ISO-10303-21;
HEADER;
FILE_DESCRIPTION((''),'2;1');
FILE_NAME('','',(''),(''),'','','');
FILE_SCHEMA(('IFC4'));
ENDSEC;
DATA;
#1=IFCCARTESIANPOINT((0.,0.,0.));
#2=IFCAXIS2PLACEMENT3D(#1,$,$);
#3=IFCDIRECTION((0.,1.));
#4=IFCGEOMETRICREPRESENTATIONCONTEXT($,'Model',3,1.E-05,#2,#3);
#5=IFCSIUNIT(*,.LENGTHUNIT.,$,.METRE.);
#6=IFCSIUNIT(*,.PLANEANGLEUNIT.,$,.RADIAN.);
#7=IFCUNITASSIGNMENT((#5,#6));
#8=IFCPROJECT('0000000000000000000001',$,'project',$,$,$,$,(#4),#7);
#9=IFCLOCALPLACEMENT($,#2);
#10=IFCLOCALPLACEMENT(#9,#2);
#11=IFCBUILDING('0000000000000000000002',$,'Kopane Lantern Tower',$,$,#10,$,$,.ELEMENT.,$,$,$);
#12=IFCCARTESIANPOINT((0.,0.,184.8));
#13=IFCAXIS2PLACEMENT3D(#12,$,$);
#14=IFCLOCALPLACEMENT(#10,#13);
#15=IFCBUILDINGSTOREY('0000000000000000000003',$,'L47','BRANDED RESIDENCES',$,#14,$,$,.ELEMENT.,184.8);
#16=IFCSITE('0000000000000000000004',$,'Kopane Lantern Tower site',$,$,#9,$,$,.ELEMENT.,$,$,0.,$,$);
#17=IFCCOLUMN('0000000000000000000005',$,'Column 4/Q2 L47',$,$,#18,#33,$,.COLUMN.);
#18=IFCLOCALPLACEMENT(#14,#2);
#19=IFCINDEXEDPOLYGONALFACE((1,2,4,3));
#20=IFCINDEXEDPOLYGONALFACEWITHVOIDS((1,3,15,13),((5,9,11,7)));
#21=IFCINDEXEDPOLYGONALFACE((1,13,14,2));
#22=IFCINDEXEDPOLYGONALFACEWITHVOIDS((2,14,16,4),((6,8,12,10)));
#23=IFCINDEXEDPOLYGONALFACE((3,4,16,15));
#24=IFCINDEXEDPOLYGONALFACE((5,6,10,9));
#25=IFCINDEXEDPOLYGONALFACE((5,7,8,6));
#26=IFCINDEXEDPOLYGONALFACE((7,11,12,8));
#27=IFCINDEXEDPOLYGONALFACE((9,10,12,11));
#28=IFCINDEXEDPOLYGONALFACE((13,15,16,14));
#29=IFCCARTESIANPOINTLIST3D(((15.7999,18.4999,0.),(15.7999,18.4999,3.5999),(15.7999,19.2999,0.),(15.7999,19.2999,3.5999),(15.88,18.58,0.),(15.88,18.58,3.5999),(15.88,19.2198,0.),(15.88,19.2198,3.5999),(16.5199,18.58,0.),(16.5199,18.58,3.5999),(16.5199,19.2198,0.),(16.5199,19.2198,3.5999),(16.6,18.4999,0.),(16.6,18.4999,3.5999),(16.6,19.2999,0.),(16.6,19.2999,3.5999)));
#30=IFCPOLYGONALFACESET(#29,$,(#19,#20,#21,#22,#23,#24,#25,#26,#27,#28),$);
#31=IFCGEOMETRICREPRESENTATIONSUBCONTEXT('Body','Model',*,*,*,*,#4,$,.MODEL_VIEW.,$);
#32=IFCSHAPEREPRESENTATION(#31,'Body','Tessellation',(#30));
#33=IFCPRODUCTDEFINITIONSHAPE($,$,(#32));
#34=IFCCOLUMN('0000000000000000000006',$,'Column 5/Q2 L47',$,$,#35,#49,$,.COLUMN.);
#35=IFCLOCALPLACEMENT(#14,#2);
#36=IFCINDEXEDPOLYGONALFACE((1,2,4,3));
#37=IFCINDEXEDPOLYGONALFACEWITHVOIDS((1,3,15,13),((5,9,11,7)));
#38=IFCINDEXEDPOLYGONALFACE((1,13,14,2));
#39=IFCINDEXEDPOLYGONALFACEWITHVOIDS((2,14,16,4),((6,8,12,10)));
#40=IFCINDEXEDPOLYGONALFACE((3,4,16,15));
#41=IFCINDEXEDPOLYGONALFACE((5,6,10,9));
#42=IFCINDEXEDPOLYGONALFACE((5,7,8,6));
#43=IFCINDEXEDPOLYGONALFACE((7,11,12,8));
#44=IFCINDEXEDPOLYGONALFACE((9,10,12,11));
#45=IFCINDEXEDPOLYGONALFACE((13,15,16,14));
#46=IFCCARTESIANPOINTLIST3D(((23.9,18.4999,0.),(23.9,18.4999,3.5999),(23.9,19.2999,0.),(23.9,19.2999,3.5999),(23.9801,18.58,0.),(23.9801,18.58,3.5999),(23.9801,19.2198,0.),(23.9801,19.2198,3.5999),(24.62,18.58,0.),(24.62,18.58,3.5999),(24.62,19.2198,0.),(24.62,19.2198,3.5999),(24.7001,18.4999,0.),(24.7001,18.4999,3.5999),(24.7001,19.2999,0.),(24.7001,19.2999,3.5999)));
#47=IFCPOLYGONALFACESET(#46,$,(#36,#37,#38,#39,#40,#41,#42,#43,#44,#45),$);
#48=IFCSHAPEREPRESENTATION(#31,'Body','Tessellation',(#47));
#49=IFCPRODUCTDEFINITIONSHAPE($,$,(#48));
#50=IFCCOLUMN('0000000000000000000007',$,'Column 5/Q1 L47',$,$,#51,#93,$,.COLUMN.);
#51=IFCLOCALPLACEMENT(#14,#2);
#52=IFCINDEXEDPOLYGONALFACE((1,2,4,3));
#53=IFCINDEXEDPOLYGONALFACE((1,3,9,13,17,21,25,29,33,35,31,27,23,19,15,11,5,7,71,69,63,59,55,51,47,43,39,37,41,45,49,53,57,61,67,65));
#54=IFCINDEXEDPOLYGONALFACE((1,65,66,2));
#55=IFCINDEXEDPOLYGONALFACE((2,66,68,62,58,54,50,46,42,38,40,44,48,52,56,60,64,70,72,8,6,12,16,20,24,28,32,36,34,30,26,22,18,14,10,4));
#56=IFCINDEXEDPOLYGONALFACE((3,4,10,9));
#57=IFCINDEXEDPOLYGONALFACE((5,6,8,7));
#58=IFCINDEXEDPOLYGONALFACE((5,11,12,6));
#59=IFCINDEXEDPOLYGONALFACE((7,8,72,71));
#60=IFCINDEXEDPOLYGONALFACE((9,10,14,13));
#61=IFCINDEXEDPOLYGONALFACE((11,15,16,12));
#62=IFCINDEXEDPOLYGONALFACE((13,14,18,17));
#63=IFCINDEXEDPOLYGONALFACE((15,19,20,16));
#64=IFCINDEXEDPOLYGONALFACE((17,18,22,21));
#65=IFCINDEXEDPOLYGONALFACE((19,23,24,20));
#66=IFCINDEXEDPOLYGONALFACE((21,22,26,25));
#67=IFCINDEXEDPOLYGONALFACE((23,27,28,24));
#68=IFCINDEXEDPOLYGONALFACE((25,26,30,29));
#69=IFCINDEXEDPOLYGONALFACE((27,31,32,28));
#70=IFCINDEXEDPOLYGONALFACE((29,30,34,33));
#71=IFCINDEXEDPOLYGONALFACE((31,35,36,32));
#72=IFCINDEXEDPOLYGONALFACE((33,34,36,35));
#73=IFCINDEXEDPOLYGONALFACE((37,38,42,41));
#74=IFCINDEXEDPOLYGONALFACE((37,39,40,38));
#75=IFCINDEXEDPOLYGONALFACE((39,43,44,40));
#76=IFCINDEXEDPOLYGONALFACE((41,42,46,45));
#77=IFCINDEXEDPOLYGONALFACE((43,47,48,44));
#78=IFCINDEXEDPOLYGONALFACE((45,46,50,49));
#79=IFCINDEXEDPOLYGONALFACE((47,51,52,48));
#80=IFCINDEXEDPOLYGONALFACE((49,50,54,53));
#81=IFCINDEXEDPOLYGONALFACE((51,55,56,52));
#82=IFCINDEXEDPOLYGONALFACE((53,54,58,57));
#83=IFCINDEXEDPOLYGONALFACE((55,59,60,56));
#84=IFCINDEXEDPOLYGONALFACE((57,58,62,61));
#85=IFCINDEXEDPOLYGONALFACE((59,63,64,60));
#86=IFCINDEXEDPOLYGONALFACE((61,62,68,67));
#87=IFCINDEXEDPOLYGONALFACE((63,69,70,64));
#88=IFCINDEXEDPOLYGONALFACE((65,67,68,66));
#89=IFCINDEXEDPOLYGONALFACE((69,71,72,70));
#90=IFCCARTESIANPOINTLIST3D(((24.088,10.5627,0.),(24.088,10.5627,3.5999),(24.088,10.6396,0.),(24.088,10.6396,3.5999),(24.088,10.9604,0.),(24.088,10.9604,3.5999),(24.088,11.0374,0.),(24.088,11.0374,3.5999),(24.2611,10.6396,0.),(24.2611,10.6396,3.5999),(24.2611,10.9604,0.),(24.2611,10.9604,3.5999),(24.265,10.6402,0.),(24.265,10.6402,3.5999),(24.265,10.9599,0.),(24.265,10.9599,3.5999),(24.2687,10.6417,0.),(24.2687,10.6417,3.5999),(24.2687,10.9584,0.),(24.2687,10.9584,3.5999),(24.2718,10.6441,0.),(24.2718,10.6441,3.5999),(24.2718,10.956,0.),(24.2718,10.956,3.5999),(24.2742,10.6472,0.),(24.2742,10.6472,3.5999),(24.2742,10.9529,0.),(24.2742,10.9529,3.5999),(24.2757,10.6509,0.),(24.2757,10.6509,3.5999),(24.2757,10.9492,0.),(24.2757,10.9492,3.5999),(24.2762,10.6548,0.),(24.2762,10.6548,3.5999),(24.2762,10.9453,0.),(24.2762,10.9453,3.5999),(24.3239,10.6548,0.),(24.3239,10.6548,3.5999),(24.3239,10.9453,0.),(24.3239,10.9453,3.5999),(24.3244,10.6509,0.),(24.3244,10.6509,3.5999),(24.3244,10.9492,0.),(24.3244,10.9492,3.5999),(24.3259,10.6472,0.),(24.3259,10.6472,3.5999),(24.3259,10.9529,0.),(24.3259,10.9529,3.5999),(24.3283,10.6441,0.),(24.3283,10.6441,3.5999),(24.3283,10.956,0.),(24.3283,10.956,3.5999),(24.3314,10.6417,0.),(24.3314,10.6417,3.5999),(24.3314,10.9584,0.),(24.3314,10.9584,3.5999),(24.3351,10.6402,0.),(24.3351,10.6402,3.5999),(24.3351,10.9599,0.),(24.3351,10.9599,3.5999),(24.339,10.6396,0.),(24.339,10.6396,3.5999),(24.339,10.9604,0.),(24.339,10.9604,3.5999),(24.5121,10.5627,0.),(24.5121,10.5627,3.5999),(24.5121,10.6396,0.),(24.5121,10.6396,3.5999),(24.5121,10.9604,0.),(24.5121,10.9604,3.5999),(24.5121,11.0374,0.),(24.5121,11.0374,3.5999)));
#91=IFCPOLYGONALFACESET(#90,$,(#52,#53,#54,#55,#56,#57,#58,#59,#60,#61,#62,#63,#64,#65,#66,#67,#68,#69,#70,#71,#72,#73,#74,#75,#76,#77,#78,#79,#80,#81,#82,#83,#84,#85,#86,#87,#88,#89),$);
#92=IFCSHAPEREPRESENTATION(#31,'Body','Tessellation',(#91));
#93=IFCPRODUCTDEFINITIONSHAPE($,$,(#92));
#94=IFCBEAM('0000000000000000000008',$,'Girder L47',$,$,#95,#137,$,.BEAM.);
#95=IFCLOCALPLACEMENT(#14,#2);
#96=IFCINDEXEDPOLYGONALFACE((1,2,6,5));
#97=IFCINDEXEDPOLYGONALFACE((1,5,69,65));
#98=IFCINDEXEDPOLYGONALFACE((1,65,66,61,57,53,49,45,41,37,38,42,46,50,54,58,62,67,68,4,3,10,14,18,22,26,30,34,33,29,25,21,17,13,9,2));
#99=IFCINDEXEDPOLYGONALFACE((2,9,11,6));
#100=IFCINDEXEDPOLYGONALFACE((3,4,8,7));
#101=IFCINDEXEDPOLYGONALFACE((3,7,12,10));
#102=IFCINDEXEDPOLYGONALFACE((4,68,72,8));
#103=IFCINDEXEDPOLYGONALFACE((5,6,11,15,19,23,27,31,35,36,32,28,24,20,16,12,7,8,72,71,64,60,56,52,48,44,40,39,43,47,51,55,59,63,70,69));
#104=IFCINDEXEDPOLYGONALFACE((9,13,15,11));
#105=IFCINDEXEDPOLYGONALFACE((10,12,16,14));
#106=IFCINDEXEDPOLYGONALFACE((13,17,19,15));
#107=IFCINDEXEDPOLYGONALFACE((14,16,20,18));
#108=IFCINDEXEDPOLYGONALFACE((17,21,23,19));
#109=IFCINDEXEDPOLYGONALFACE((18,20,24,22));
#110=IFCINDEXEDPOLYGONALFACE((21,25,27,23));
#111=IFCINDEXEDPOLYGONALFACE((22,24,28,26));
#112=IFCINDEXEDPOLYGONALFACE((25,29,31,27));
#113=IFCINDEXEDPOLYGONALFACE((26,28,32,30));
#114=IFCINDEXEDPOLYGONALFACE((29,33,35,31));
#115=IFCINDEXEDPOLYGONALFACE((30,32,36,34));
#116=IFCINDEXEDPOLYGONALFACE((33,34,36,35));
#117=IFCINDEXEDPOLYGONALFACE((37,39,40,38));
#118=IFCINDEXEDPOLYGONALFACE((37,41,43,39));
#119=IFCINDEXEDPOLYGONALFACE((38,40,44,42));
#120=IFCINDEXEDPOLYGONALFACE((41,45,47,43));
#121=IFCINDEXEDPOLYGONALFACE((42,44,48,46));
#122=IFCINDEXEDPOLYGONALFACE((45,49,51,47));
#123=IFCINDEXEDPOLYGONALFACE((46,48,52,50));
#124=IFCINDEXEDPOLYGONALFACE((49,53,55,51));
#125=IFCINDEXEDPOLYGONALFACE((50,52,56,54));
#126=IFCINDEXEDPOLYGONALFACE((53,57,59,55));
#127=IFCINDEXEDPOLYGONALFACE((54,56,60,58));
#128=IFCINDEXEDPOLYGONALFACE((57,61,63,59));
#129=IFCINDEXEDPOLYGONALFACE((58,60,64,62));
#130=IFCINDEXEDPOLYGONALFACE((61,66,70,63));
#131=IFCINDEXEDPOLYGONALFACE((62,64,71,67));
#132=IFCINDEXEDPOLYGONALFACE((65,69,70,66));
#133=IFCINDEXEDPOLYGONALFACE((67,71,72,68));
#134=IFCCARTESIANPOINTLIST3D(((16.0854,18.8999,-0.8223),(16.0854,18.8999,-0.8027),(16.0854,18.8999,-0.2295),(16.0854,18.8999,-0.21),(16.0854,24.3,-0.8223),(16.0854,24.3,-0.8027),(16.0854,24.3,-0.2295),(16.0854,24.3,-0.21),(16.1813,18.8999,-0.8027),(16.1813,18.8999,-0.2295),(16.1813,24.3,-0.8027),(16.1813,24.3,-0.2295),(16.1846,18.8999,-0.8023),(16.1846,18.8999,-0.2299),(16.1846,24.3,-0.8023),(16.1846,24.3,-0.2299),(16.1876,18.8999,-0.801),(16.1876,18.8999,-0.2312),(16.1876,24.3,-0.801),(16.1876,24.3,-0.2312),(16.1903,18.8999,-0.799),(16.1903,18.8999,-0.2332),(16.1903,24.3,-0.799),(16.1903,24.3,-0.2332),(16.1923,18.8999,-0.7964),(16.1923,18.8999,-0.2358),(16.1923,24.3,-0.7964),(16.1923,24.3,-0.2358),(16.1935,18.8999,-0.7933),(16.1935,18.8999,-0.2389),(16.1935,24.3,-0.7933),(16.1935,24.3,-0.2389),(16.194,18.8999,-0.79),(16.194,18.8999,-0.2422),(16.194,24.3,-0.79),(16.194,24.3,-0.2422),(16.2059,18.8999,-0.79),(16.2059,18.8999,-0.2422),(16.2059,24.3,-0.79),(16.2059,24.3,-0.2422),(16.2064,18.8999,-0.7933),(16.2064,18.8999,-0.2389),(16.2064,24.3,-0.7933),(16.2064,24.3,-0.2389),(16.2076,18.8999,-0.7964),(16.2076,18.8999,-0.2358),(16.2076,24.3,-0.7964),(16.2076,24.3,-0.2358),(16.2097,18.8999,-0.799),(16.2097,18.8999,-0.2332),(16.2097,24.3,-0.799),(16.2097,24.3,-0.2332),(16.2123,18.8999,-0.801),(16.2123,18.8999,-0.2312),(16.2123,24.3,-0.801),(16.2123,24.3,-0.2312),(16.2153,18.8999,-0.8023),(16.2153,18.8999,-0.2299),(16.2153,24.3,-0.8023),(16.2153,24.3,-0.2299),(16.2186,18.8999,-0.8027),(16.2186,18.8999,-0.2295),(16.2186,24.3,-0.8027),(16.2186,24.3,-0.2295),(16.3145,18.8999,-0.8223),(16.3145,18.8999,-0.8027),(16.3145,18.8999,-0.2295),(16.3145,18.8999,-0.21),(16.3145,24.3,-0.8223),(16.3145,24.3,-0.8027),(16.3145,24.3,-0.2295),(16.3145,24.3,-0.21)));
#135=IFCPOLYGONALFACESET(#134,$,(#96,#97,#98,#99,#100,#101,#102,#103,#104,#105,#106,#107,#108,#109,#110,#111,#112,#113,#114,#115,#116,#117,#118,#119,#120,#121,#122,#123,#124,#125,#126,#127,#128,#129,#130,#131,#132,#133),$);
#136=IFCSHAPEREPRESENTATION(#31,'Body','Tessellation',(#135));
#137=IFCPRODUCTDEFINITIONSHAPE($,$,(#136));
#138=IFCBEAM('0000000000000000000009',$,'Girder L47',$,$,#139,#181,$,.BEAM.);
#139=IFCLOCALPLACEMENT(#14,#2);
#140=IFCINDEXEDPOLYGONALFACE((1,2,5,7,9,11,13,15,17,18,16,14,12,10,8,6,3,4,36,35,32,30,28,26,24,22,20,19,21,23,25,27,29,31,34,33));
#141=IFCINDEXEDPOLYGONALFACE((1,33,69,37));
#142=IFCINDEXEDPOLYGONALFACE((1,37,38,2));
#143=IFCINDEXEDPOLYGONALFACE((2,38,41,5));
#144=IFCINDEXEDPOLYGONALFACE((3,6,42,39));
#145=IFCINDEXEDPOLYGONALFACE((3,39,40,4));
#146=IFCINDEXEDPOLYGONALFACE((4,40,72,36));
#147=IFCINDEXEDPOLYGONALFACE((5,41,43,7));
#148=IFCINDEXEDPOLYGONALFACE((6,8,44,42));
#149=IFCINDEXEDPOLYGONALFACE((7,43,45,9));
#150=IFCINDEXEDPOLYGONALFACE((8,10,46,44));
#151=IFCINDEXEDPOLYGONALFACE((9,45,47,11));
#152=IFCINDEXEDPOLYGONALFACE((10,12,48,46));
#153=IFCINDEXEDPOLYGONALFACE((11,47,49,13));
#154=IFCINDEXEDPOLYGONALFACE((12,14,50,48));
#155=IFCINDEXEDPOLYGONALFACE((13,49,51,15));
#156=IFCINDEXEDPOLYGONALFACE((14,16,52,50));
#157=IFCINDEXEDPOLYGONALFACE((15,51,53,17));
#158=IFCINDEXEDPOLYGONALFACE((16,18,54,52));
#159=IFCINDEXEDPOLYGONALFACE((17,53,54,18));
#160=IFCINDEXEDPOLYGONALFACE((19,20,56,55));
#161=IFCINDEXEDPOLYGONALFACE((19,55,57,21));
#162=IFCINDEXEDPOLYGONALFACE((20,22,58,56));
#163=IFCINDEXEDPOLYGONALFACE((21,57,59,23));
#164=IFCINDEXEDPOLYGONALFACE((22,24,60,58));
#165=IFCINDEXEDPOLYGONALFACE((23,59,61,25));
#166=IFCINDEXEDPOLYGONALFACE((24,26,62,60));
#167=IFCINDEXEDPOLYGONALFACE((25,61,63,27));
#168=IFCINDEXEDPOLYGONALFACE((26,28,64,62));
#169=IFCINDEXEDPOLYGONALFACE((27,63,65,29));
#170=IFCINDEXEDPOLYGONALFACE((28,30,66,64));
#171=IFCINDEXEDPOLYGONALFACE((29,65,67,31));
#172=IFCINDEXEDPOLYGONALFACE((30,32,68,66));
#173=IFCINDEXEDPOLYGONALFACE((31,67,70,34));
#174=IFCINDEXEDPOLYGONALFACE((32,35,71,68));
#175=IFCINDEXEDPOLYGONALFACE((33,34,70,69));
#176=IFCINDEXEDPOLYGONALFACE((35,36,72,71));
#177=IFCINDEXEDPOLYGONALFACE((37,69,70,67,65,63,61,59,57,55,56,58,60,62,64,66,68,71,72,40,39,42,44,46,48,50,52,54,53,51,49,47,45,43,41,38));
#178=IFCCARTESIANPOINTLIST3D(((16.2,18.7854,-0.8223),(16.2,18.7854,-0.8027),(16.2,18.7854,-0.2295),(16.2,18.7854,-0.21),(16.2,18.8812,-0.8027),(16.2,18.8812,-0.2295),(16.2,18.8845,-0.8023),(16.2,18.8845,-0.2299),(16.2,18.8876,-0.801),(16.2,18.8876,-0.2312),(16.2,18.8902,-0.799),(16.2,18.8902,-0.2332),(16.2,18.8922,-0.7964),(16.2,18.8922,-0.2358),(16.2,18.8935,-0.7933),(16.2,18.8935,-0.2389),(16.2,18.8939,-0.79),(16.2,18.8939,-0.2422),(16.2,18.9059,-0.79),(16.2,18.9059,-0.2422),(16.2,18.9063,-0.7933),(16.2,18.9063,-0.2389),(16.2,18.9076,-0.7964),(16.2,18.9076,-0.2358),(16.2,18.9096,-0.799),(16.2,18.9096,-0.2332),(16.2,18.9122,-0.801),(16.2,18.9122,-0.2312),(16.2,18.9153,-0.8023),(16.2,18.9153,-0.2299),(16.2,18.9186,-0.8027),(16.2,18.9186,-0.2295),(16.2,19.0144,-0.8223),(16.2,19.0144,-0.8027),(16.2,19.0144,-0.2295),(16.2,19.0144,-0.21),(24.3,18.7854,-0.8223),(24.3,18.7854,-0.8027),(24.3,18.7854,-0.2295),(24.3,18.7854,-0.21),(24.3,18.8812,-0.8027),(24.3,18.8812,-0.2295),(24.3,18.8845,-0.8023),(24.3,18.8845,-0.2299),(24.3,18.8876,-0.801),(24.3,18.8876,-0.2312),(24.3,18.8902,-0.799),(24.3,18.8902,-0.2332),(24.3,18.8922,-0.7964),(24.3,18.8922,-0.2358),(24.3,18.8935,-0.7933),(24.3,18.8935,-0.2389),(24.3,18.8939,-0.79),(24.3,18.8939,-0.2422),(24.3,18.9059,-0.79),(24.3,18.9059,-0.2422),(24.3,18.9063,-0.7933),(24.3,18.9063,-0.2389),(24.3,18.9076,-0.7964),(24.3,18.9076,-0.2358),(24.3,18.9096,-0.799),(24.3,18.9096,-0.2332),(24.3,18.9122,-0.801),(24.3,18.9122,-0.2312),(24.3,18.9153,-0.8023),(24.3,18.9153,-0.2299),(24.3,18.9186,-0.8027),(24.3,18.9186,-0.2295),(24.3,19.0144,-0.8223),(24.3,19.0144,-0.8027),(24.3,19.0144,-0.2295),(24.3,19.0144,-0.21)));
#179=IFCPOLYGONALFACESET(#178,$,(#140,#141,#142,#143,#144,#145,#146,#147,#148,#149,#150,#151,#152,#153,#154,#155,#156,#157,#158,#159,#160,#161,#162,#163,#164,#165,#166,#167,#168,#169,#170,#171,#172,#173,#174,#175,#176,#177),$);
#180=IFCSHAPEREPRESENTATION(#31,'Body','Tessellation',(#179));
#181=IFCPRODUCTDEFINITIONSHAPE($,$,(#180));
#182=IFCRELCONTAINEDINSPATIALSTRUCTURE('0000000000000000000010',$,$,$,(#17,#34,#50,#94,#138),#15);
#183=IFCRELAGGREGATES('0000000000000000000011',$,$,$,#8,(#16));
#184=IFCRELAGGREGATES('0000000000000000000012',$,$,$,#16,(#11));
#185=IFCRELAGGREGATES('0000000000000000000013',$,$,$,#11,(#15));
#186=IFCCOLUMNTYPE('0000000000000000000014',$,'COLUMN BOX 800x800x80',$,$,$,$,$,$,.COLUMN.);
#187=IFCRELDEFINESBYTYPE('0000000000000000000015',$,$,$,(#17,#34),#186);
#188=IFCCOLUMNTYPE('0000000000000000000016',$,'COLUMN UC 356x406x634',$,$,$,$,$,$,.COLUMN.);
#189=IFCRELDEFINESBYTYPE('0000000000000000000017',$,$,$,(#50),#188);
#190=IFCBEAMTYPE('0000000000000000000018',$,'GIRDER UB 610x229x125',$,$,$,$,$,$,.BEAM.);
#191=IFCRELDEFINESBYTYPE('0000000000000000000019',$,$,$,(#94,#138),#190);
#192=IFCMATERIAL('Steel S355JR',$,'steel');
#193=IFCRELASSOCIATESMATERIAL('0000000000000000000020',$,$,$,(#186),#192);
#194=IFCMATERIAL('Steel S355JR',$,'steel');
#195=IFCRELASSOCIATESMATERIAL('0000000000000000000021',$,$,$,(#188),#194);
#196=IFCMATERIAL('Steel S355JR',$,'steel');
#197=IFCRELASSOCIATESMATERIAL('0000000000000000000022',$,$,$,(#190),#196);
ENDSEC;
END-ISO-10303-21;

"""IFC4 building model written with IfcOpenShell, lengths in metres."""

from ifc_helpers import new_model, si_unit, direction, frame, origin, origin_2d, place, context, subcontext, project, spatial, hollow_rectangle, i_section, extrude, material, material_profile, profile_set, type_object, element, save


model = new_model("IFC4")

# Units and contexts
model_context = context("Model", 3, precision=1e-05, world=origin(), true_north=direction((0.0, 1.0)))
body_context = subcontext(model_context, "Body", "Model", "MODEL_VIEW")
ifc_project = project(units=[si_unit("LENGTHUNIT", "METRE"), si_unit("PLANEANGLEUNIT", "RADIAN")], contexts=[model_context])

# Site, building, storey
site_placement = place(None, origin())
site = spatial("IfcSite", under=ifc_project, at=site_placement, Name="Kopane Lantern Tower site", CompositionType="ELEMENT", RefElevation=0.0)
building_placement = place(site_placement, origin())
building = spatial("IfcBuilding", under=site, at=building_placement, Name="Kopane Lantern Tower", CompositionType="ELEMENT")
storey_placement = place(building_placement, frame((0.0, 0.0, 184.8)))
storey = spatial("IfcBuildingStorey", under=building, at=storey_placement, Name="L47", Description="BRANDED RESIDENCES", CompositionType="ELEMENT", Elevation=184.8)

# Columns
ifc_material_1 = material(Name="Steel S355JR", Category="steel")
ifc_material_profile_1 = material_profile(ifc_material_1, hollow_rectangle(XDim=0.8, YDim=0.8, WallThickness=0.0801, at=origin_2d()), Name="BOX 800x800x80")
ifc_profile_set_1 = profile_set([ifc_material_profile_1], Name="Steel S355JR")
column_type_1 = type_object("IfcColumnType", Name="COLUMN BOX 800x800x80", PredefinedType="COLUMN", material=ifc_profile_set_1)
for number, where, z_axis, x_axis, name in (
    (1, (16.2, 18.8999, 0.0), (0.0, 0.0, 1.0), (1.0, 0.0, 0.0), "Column 4/Q2 L47"),
    (2, (24.3, 18.8999, 0.0), (0.0, 0.0, 1.0), (1.0, 0.0, 0.0), "Column 5/Q2 L47"),
):
    element("IfcColumn", number, at=place(storey_placement, frame(where, z_axis=z_axis, x_axis=x_axis)), inside=storey, type_object=column_type_1, Name=name, PredefinedType="COLUMN", context=body_context, shape_type="SweptSolid", body=[
        extrude(hollow_rectangle(XDim=0.8, YDim=0.8, WallThickness=0.0801, at=origin_2d()), origin(), (0.0, 0.0, 1.0), 3.5999),
    ])
ifc_material_2 = material(Name="Steel S355JR", Category="steel")
ifc_material_profile_2 = material_profile(ifc_material_2, i_section(OverallWidth=0.4241, OverallDepth=0.4746, WebThickness=0.0476, FlangeThickness=0.0769, FilletRadius=0.0151, at=origin_2d()), Name="UC 356x406x634")
ifc_profile_set_2 = profile_set([ifc_material_profile_2], Name="Steel S355JR")
column_type_2 = type_object("IfcColumnType", Name="COLUMN UC 356x406x634", PredefinedType="COLUMN", material=ifc_profile_set_2)
column_placement = place(storey_placement, frame((24.3, 10.8, 0.0), z_axis=(0.0, 0.0, 1.0), x_axis=(1.0, 0.0, 0.0)))
element("IfcColumn", 3, at=column_placement, inside=storey, type_object=column_type_2, Name="Column 5/Q1 L47", PredefinedType="COLUMN", context=body_context, shape_type="SweptSolid", body=[
    extrude(i_section(OverallWidth=0.4241, OverallDepth=0.4746, WebThickness=0.0476, FlangeThickness=0.0769, FilletRadius=0.0151, at=origin_2d()), origin(), (0.0, 0.0, 1.0), 3.5999),
])

# Beams
ifc_material_3 = material(Name="Steel S355JR", Category="steel")
ifc_material_profile_3 = material_profile(ifc_material_3, i_section(OverallWidth=0.229, OverallDepth=0.6123, WebThickness=0.012, FlangeThickness=0.0195, FilletRadius=0.0127, at=origin_2d()), Name="UB 610x229x125")
ifc_profile_set_3 = profile_set([ifc_material_profile_3], Name="Steel S355JR")
beam_type = type_object("IfcBeamType", Name="GIRDER UB 610x229x125", PredefinedType="BEAM", material=ifc_profile_set_3)
beam_1_placement = place(storey_placement, frame((16.2, 18.8999, -0.5161), z_axis=(0.0, 1.0, 0.0), x_axis=(-1.0, 0.0, 0.0)))
element("IfcBeam", 4, at=beam_1_placement, inside=storey, type_object=beam_type, Name="Girder L47", PredefinedType="BEAM", context=body_context, shape_type="SweptSolid", body=[
    extrude(i_section(OverallWidth=0.229, OverallDepth=0.6123, WebThickness=0.012, FlangeThickness=0.0195, FilletRadius=0.0127, at=origin_2d()), origin(), (0.0, 0.0, 1.0), 5.4001),
])
beam_2_placement = place(storey_placement, frame((16.2, 18.8999, -0.5161), z_axis=(1.0, 0.0, 0.0), x_axis=(0.0, 1.0, 0.0)))
element("IfcBeam", 5, at=beam_2_placement, inside=storey, type_object=beam_type, Name="Girder L47", PredefinedType="BEAM", context=body_context, shape_type="SweptSolid", body=[
    extrude(i_section(OverallWidth=0.229, OverallDepth=0.6123, WebThickness=0.012, FlangeThickness=0.0195, FilletRadius=0.0127, at=origin_2d()), origin(), (0.0, 0.0, 1.0), 8.1001),
])

save(model, "model.ifc")
